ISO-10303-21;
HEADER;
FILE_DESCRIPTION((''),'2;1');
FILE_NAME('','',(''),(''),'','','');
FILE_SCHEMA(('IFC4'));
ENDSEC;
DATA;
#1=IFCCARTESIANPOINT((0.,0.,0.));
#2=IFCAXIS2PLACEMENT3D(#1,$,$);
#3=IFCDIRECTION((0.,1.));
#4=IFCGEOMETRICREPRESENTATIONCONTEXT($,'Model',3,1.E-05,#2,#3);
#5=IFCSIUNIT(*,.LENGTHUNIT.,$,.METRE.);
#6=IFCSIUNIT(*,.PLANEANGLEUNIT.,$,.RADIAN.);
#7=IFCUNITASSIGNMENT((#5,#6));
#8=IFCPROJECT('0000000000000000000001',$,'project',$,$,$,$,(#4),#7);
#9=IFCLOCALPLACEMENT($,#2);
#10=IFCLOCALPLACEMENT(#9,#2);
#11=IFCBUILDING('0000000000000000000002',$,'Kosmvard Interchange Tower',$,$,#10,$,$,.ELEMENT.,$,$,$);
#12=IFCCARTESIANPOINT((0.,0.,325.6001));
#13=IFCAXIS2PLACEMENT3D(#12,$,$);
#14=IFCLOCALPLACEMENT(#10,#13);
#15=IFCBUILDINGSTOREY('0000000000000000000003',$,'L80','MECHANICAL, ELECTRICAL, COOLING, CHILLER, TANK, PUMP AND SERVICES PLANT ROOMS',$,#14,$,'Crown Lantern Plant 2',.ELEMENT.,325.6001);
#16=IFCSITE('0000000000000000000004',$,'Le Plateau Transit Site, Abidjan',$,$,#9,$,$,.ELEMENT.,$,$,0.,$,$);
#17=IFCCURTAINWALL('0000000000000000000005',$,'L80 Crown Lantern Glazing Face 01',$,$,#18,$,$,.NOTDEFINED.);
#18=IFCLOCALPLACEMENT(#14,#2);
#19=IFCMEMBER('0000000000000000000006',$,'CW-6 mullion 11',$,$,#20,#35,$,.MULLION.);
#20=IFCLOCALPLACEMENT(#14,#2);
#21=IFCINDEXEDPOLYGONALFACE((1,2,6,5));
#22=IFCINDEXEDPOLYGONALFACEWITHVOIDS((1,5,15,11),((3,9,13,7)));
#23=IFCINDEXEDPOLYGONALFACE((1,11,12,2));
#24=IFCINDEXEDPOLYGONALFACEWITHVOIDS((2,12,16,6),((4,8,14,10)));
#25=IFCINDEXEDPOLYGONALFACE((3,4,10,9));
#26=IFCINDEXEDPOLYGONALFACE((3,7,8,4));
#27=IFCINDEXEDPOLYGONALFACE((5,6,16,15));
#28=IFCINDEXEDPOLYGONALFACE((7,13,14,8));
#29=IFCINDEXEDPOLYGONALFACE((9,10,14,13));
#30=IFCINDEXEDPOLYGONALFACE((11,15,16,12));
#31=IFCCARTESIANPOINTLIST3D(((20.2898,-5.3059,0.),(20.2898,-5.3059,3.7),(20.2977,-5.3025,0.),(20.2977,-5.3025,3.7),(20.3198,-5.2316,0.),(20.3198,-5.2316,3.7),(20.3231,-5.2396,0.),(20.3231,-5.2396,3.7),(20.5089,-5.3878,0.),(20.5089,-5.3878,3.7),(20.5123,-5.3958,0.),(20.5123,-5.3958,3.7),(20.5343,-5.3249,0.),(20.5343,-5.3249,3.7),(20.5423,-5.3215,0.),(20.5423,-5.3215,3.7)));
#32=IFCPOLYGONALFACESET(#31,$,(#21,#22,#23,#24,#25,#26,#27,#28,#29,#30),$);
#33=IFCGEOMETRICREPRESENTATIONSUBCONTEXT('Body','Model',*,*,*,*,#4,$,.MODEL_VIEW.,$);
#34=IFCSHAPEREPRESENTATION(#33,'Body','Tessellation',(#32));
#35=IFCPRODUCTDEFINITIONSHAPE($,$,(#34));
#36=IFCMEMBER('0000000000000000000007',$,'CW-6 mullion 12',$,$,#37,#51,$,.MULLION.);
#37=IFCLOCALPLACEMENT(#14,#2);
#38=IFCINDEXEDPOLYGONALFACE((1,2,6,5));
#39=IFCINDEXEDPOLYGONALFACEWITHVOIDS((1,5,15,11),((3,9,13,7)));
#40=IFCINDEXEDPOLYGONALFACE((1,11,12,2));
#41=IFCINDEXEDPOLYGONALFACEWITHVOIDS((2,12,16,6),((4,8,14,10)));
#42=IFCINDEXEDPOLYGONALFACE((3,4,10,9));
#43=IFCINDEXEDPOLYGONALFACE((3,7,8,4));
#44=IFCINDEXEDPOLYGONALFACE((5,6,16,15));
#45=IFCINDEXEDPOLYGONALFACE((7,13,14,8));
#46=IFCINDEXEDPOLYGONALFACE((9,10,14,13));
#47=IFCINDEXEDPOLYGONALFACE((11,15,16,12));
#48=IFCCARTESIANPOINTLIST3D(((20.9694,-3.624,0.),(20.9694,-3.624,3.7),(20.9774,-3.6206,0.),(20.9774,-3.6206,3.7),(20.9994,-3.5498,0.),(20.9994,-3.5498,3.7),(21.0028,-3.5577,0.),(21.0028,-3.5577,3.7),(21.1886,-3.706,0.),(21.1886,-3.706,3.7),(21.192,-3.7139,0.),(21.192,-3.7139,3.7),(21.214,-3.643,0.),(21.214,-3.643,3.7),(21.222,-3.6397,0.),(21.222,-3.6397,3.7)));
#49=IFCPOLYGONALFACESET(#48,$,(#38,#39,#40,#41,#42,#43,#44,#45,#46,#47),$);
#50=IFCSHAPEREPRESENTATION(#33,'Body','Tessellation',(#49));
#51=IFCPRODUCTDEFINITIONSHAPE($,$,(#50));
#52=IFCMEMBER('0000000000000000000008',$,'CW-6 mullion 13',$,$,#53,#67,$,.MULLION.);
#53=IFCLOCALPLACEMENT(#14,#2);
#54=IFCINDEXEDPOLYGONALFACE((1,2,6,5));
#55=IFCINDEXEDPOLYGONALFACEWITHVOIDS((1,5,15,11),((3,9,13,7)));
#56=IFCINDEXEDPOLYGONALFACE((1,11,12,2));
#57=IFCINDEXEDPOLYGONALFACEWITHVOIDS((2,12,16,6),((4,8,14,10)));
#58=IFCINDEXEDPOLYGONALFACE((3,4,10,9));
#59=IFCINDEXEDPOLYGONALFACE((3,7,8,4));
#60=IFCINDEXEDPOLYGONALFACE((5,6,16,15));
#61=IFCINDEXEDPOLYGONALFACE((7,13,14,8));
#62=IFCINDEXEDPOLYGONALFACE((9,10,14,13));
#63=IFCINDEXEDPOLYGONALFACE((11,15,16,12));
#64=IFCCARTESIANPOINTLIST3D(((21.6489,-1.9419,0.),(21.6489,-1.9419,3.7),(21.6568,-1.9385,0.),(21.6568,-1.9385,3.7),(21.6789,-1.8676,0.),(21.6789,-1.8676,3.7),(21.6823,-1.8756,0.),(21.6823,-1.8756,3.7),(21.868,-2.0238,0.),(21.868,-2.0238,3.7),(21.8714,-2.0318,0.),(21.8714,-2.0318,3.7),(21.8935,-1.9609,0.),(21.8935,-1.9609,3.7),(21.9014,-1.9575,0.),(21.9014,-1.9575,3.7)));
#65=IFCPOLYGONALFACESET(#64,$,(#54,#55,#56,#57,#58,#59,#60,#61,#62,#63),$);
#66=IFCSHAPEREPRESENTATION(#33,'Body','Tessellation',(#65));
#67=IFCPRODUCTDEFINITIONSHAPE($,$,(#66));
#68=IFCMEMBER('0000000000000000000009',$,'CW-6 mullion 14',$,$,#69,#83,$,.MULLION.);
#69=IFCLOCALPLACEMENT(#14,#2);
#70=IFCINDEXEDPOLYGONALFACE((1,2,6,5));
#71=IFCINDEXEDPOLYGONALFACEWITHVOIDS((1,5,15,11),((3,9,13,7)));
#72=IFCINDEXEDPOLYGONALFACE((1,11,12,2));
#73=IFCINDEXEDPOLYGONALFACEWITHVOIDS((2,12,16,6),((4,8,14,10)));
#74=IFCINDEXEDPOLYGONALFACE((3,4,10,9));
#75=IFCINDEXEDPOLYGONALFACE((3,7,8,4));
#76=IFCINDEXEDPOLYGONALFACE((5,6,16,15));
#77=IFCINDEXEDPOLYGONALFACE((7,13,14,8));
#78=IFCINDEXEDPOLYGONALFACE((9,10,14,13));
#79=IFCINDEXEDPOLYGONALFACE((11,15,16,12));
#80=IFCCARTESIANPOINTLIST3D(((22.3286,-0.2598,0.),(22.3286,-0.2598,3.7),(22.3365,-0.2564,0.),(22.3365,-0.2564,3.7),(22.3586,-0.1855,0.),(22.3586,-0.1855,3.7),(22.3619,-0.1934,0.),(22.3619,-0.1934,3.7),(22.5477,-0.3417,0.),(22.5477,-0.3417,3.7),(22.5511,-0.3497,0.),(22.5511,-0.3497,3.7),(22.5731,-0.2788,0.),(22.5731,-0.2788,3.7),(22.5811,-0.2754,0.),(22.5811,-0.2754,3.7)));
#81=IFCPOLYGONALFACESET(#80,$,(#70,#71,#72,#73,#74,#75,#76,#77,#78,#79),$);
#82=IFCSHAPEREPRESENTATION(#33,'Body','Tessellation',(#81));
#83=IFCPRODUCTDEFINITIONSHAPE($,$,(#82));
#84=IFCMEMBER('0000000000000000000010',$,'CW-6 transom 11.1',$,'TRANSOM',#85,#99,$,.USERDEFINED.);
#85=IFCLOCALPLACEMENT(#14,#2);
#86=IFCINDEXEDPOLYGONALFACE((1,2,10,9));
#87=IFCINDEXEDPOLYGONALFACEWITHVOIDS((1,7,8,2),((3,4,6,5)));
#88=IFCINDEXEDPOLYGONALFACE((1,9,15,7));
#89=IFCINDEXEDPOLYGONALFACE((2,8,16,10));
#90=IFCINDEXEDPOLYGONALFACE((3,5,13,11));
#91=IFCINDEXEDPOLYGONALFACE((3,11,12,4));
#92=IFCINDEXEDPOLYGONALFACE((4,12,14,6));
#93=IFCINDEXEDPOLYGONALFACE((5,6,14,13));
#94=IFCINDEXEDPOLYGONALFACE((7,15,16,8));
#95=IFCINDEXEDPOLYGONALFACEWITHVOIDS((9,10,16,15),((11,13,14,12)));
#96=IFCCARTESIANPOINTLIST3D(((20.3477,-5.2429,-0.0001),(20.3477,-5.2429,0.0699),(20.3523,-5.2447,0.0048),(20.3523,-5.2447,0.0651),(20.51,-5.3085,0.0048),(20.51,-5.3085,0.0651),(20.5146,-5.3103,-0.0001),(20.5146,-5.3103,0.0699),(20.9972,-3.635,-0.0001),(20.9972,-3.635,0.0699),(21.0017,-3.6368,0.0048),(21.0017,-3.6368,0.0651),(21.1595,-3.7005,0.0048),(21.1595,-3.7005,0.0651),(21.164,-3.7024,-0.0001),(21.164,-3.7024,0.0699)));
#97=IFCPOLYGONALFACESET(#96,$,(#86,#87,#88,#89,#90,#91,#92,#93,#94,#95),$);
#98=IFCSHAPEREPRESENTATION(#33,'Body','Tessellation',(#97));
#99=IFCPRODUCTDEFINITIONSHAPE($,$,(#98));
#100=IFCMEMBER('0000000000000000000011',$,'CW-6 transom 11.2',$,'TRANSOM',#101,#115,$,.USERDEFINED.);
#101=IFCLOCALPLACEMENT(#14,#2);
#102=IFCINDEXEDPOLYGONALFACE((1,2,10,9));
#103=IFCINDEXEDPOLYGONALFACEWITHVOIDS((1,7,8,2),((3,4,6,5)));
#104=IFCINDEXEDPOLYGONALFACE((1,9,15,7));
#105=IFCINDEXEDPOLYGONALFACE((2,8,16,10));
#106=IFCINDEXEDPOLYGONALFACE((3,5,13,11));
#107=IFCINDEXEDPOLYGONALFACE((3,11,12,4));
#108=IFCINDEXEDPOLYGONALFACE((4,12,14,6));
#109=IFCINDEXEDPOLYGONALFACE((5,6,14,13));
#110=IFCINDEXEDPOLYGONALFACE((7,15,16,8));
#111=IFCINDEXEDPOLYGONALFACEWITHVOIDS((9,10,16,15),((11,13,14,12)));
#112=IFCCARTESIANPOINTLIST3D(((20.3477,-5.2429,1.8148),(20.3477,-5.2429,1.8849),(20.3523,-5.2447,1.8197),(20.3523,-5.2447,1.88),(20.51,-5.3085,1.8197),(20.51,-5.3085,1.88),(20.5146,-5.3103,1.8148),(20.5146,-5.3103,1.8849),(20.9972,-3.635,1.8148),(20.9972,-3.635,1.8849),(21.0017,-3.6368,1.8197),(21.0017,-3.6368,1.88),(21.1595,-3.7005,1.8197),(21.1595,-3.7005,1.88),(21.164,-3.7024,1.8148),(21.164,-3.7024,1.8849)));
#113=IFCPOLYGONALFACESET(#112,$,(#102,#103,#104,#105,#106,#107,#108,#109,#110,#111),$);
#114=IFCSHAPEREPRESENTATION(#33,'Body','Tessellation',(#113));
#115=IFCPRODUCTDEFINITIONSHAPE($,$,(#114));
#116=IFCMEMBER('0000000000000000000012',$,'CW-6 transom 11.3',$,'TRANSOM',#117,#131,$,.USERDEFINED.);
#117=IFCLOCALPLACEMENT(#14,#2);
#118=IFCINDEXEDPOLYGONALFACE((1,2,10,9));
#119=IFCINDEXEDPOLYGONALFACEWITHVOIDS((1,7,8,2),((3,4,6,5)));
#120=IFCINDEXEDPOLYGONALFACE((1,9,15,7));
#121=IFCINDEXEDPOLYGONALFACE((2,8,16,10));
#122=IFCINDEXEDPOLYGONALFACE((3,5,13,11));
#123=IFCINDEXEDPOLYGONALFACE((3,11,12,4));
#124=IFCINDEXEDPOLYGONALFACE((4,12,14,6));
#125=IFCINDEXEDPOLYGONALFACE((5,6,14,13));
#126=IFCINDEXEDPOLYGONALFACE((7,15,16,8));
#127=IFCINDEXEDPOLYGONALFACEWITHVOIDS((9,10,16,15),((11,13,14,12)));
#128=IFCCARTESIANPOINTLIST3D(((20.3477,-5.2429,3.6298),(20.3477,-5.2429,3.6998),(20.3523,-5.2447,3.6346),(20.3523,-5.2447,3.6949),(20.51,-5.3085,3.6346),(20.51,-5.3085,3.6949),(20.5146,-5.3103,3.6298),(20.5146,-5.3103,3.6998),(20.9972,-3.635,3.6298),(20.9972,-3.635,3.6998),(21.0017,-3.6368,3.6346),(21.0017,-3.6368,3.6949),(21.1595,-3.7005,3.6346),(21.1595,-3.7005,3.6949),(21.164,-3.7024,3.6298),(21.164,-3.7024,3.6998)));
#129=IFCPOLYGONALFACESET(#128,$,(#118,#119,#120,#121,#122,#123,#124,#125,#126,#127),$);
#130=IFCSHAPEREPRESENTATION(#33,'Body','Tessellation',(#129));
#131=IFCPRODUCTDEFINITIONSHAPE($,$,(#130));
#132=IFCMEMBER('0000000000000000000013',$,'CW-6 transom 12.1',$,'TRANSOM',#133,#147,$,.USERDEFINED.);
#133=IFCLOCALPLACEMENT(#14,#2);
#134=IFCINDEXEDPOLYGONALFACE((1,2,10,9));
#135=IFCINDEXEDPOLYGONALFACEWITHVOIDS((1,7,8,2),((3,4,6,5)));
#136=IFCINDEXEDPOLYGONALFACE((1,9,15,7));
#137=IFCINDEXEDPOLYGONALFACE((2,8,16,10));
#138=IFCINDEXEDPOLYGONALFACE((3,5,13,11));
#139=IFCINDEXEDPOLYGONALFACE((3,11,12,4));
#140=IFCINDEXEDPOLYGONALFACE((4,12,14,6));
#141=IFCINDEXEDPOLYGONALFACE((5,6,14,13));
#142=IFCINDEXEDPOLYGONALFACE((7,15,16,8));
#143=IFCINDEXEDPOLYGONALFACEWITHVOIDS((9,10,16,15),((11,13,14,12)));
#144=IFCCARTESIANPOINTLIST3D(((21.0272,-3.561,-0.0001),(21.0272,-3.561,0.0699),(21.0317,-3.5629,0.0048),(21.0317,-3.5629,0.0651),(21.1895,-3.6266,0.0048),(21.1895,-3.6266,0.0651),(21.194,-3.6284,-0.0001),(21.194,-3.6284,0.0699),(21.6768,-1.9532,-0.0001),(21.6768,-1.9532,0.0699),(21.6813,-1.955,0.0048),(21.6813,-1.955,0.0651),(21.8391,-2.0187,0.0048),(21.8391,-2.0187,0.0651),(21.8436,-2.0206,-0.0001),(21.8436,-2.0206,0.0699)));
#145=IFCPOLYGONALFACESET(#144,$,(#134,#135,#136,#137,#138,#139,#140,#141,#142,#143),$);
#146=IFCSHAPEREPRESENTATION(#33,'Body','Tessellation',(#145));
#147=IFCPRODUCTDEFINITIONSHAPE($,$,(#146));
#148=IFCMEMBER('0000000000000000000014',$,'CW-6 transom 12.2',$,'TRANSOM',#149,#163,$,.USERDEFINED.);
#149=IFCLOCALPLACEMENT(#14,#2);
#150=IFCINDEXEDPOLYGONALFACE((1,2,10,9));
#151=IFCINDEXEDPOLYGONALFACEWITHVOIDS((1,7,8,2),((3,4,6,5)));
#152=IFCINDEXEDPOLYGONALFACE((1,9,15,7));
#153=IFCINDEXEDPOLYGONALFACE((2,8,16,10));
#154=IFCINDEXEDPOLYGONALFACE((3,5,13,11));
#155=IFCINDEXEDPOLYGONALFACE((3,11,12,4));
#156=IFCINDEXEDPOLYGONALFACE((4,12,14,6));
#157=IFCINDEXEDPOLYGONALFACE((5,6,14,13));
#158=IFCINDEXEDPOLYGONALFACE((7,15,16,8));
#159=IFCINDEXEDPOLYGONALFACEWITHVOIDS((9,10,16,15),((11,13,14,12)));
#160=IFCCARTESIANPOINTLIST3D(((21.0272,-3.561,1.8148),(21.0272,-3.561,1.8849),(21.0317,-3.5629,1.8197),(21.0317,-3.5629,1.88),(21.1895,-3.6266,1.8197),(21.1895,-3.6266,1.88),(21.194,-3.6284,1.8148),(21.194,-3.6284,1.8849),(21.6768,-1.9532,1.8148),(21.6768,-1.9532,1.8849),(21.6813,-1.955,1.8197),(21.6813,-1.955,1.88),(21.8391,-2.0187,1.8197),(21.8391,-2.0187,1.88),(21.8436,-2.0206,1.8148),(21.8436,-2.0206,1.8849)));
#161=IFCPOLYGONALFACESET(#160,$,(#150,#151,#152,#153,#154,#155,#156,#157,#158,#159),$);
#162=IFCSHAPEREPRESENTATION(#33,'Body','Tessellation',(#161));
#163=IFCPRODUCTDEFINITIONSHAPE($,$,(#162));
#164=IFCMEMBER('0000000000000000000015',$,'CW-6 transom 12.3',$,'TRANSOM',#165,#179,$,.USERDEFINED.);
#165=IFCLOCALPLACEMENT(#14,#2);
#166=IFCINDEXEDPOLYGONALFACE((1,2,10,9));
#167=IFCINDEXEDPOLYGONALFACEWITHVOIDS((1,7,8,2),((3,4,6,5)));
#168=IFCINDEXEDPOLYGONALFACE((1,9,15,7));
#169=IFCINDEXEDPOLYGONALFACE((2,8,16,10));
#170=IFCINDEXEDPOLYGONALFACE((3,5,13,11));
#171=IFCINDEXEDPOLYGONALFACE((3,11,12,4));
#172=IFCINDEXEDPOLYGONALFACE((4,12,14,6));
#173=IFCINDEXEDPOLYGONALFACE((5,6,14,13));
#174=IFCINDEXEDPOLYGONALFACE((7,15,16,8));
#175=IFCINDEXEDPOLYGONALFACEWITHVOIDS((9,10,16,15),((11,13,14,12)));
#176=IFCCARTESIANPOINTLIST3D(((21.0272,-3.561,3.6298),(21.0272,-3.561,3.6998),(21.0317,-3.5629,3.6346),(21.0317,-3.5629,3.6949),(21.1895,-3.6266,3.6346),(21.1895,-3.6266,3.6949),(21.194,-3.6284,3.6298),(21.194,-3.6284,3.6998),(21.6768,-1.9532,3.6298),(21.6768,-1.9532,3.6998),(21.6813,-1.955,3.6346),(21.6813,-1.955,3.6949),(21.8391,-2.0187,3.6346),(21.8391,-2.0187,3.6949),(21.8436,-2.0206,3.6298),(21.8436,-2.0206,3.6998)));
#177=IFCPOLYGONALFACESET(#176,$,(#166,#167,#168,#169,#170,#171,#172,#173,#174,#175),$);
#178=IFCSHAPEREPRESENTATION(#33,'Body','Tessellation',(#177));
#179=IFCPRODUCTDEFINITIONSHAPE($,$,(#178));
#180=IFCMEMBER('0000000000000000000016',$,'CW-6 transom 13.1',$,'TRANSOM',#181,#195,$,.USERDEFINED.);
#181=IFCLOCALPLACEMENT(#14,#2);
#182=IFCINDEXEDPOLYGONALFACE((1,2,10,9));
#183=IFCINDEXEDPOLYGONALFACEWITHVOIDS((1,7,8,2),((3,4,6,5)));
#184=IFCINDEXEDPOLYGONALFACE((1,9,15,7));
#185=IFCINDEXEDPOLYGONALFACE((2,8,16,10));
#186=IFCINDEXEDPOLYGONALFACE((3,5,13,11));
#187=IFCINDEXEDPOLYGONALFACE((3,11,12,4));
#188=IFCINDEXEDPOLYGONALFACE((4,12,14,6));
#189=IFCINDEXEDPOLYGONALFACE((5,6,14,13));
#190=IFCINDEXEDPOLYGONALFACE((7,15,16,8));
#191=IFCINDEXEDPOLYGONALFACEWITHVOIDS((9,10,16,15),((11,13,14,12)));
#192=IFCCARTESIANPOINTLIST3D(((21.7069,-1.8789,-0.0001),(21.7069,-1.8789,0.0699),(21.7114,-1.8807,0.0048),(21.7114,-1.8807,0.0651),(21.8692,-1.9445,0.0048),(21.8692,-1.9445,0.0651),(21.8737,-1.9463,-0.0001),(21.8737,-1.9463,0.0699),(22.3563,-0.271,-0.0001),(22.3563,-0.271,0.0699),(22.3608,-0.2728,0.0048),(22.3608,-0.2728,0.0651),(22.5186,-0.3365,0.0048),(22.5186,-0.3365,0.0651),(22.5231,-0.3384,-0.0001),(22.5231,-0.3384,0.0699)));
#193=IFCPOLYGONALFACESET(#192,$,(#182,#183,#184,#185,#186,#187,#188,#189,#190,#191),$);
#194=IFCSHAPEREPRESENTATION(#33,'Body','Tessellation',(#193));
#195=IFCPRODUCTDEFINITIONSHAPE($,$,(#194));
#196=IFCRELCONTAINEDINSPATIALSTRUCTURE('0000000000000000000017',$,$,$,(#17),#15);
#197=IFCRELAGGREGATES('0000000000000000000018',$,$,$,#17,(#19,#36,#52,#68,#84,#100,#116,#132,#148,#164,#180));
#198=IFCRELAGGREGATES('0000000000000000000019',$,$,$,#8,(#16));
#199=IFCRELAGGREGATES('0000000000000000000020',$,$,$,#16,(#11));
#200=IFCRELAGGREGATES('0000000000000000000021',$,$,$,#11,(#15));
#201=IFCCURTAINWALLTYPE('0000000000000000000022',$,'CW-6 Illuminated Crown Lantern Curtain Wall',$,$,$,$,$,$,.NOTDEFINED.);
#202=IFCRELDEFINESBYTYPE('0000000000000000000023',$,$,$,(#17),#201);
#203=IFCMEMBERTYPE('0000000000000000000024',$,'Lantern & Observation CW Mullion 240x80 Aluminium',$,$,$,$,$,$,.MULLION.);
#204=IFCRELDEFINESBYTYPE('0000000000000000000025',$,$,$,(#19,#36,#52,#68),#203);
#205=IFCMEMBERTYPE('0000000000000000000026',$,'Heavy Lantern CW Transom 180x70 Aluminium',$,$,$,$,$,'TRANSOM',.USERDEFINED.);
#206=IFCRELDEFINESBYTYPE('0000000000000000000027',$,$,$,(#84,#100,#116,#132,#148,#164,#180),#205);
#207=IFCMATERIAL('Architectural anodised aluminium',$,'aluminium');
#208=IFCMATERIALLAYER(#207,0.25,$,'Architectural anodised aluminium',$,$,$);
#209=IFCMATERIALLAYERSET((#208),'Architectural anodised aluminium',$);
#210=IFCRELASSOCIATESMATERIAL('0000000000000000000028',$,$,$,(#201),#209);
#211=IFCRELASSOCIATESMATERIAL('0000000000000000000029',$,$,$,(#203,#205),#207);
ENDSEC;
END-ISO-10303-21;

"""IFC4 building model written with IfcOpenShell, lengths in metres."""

from ifc_helpers import new_model, si_unit, direction, frame, origin, origin_2d, place, context, subcontext, project, spatial, hollow_rectangle, extrude, source, transform, mapped, material, layer, layer_set, material_profile, profile_set, type_object, element, aggregate, save


model = new_model("IFC4")

# Units and contexts
model_context = context("Model", 3, precision=1e-05, world=origin(), true_north=direction((0.0, 1.0)))
body_context = subcontext(model_context, "Body", "Model", "MODEL_VIEW")
ifc_project = project(units=[si_unit("LENGTHUNIT", "METRE"), si_unit("PLANEANGLEUNIT", "RADIAN")], contexts=[model_context])

# Site, building, storey
site_placement = place(None, origin())
site = spatial("IfcSite", under=ifc_project, at=site_placement, Name="Le Plateau Transit Site, Abidjan", CompositionType="ELEMENT", RefElevation=0.0)
building_placement = place(site_placement, origin())
building = spatial("IfcBuilding", under=site, at=building_placement, Name="Kosmvard Interchange Tower", CompositionType="ELEMENT")
storey_placement = place(building_placement, frame((0.0, 0.0, 325.6001)))
storey = spatial("IfcBuildingStorey", under=building, at=storey_placement, Name="L80", Description="MECHANICAL, ELECTRICAL, COOLING, CHILLER, TANK, PUMP AND SERVICES PLANT ROOMS", LongName="Crown Lantern Plant 2", CompositionType="ELEMENT", Elevation=325.6001)

# Curtain wall, members
ifc_material_1 = material(Name="Architectural anodised aluminium", Category="aluminium")
ifc_layer_1 = layer(ifc_material_1, 0.25, Name="Architectural anodised aluminium")
ifc_layer_set_1 = layer_set([ifc_layer_1], Name="Architectural anodised aluminium")
curtain_wall_type = type_object("IfcCurtainWallType", Name="CW-6 Illuminated Crown Lantern Curtain Wall", PredefinedType="NOTDEFINED", material=ifc_layer_set_1)
curtain_wall_placement = place(storey_placement, origin())
curtain_wall = element("IfcCurtainWall", 1, at=curtain_wall_placement, inside=storey, type_object=curtain_wall_type, Name="L80 Crown Lantern Glazing Face 01", PredefinedType="NOTDEFINED")
ifc_material_profile_1 = material_profile(ifc_material_1, hollow_rectangle(XDim=0.24, YDim=0.0801, WallThickness=0.0061, at=origin_2d()), Name="CWM 240x80x6")
ifc_profile_set_1 = profile_set([ifc_material_profile_1], Name="Architectural anodised aluminium")
member_type_1 = type_object("IfcMemberType", Name="Lantern & Observation CW Mullion 240x80 Aluminium", PredefinedType="MULLION", material=ifc_profile_set_1)
shared_shape_1 = source(origin(), body_context, "Body", "SweptSolid", [
    extrude(hollow_rectangle(XDim=0.24, YDim=0.0801, WallThickness=0.0061, at=origin_2d()), origin(), (0.0, 0.0, 1.0), 3.7),
])
member_1_placement = place(storey_placement, frame((20.416, -5.3137, 0.0), z_axis=(0.0, 0.0, 1.0), x_axis=(-0.927184, 0.374607, 0.0)))
member_1 = element("IfcMember", 2, at=member_1_placement, type_object=member_type_1, Name="CW-6 mullion 11", PredefinedType="MULLION", context=body_context, shape_type="MappedRepresentation", body=[
    mapped(shared_shape_1, transform((0.0, 0.0, 0.0), scale=1.0)),
])
member_2_placement = place(storey_placement, frame((21.0957, -3.6318, 0.0), z_axis=(0.0, 0.0, 1.0), x_axis=(-0.927184, 0.374607, 0.0)))
member_2 = element("IfcMember", 3, at=member_2_placement, type_object=member_type_1, Name="CW-6 mullion 12", PredefinedType="MULLION", context=body_context, shape_type="MappedRepresentation", body=[
    mapped(shared_shape_1, transform((0.0, 0.0, 0.0), scale=1.0)),
])
member_3_placement = place(storey_placement, frame((21.7751, -1.9497, 0.0), z_axis=(0.0, 0.0, 1.0), x_axis=(-0.927184, 0.374607, 0.0)))
member_3 = element("IfcMember", 4, at=member_3_placement, type_object=member_type_1, Name="CW-6 mullion 13", PredefinedType="MULLION", context=body_context, shape_type="MappedRepresentation", body=[
    mapped(shared_shape_1, transform((0.0, 0.0, 0.0), scale=1.0)),
])
member_4_placement = place(storey_placement, frame((22.4548, -0.2676, 0.0), z_axis=(0.0, 0.0, 1.0), x_axis=(-0.927184, 0.374607, 0.0)))
member_4 = element("IfcMember", 5, at=member_4_placement, type_object=member_type_1, Name="CW-6 mullion 14", PredefinedType="MULLION", context=body_context, shape_type="MappedRepresentation", body=[
    mapped(shared_shape_1, transform((0.0, 0.0, 0.0), scale=1.0)),
])
ifc_material_profile_2 = material_profile(ifc_material_1, hollow_rectangle(XDim=0.1799, YDim=0.0701, WallThickness=0.0049, at=origin_2d()), Name="CWT 180x70x5")
ifc_profile_set_2 = profile_set([ifc_material_profile_2], Name="Architectural anodised aluminium")
member_type_2 = type_object("IfcMemberType", Name="Heavy Lantern CW Transom 180x70 Aluminium", ElementType="TRANSOM", PredefinedType="USERDEFINED", material=ifc_profile_set_2)
shared_shape_2 = source(origin(), body_context, "Body", "SweptSolid", [
    extrude(hollow_rectangle(XDim=0.1799, YDim=0.0701, WallThickness=0.0049, at=origin_2d()), origin(), (0.0, 0.0, 1.0), 1.7341),
])
member_5_placement = place(storey_placement, frame((20.4312, -5.2766, 0.0349), z_axis=(0.374496, 0.927229, 0.0), x_axis=(-0.927229, 0.374496, 0.0)))
member_5 = element("IfcMember", 6, at=member_5_placement, type_object=member_type_2, Name="CW-6 transom 11.1", ObjectType="TRANSOM", PredefinedType="USERDEFINED", context=body_context, shape_type="MappedRepresentation", body=[
    mapped(shared_shape_2, transform((0.0, 0.0, 0.0), scale=1.0)),
])
member_6_placement = place(storey_placement, frame((20.4312, -5.2766, 1.8499), z_axis=(0.374496, 0.927229, 0.0), x_axis=(-0.927229, 0.374496, 0.0)))
member_6 = element("IfcMember", 7, at=member_6_placement, type_object=member_type_2, Name="CW-6 transom 11.2", ObjectType="TRANSOM", PredefinedType="USERDEFINED", context=body_context, shape_type="MappedRepresentation", body=[
    mapped(shared_shape_2, transform((0.0, 0.0, 0.0), scale=1.0)),
])
member_7_placement = place(storey_placement, frame((20.4312, -5.2766, 3.6648), z_axis=(0.374496, 0.927229, 0.0), x_axis=(-0.927229, 0.374496, 0.0)))
member_7 = element("IfcMember", 8, at=member_7_placement, type_object=member_type_2, Name="CW-6 transom 11.3", ObjectType="TRANSOM", PredefinedType="USERDEFINED", context=body_context, shape_type="MappedRepresentation", body=[
    mapped(shared_shape_2, transform((0.0, 0.0, 0.0), scale=1.0)),
])
member_8_placement = place(storey_placement, frame((21.1106, -3.5947, 0.0349), z_axis=(0.374617, 0.92718, 0.0), x_axis=(-0.92718, 0.374617, 0.0)))
member_8 = element("IfcMember", 9, at=member_8_placement, type_object=member_type_2, Name="CW-6 transom 12.1", ObjectType="TRANSOM", PredefinedType="USERDEFINED", context=body_context, shape_type="MappedRepresentation", body=[
    mapped(shared_shape_2, transform((0.0, 0.0, 0.0), scale=1.0)),
])
member_9_placement = place(storey_placement, frame((21.1106, -3.5947, 1.8499), z_axis=(0.374617, 0.92718, 0.0), x_axis=(-0.92718, 0.374617, 0.0)))
member_9 = element("IfcMember", 10, at=member_9_placement, type_object=member_type_2, Name="CW-6 transom 12.2", ObjectType="TRANSOM", PredefinedType="USERDEFINED", context=body_context, shape_type="MappedRepresentation", body=[
    mapped(shared_shape_2, transform((0.0, 0.0, 0.0), scale=1.0)),
])
member_10_placement = place(storey_placement, frame((21.1106, -3.5947, 3.6648), z_axis=(0.374617, 0.92718, 0.0), x_axis=(-0.92718, 0.374617, 0.0)))
member_10 = element("IfcMember", 11, at=member_10_placement, type_object=member_type_2, Name="CW-6 transom 12.3", ObjectType="TRANSOM", PredefinedType="USERDEFINED", context=body_context, shape_type="MappedRepresentation", body=[
    mapped(shared_shape_2, transform((0.0, 0.0, 0.0), scale=1.0)),
])
member_11_placement = place(storey_placement, frame((21.7903, -1.9126, 0.0349), z_axis=(0.374496, 0.927229, 0.0), x_axis=(-0.927229, 0.374496, 0.0)))
member_11 = element("IfcMember", 12, at=member_11_placement, type_object=member_type_2, Name="CW-6 transom 13.1", ObjectType="TRANSOM", PredefinedType="USERDEFINED", context=body_context, shape_type="MappedRepresentation", body=[
    mapped(shared_shape_2, transform((0.0, 0.0, 0.0), scale=1.0)),
])
aggregate(curtain_wall, [member_1, member_2, member_3, member_4, member_5, member_6, member_7, member_8, member_9, member_10, member_11])

save(model, "model.ifc")
